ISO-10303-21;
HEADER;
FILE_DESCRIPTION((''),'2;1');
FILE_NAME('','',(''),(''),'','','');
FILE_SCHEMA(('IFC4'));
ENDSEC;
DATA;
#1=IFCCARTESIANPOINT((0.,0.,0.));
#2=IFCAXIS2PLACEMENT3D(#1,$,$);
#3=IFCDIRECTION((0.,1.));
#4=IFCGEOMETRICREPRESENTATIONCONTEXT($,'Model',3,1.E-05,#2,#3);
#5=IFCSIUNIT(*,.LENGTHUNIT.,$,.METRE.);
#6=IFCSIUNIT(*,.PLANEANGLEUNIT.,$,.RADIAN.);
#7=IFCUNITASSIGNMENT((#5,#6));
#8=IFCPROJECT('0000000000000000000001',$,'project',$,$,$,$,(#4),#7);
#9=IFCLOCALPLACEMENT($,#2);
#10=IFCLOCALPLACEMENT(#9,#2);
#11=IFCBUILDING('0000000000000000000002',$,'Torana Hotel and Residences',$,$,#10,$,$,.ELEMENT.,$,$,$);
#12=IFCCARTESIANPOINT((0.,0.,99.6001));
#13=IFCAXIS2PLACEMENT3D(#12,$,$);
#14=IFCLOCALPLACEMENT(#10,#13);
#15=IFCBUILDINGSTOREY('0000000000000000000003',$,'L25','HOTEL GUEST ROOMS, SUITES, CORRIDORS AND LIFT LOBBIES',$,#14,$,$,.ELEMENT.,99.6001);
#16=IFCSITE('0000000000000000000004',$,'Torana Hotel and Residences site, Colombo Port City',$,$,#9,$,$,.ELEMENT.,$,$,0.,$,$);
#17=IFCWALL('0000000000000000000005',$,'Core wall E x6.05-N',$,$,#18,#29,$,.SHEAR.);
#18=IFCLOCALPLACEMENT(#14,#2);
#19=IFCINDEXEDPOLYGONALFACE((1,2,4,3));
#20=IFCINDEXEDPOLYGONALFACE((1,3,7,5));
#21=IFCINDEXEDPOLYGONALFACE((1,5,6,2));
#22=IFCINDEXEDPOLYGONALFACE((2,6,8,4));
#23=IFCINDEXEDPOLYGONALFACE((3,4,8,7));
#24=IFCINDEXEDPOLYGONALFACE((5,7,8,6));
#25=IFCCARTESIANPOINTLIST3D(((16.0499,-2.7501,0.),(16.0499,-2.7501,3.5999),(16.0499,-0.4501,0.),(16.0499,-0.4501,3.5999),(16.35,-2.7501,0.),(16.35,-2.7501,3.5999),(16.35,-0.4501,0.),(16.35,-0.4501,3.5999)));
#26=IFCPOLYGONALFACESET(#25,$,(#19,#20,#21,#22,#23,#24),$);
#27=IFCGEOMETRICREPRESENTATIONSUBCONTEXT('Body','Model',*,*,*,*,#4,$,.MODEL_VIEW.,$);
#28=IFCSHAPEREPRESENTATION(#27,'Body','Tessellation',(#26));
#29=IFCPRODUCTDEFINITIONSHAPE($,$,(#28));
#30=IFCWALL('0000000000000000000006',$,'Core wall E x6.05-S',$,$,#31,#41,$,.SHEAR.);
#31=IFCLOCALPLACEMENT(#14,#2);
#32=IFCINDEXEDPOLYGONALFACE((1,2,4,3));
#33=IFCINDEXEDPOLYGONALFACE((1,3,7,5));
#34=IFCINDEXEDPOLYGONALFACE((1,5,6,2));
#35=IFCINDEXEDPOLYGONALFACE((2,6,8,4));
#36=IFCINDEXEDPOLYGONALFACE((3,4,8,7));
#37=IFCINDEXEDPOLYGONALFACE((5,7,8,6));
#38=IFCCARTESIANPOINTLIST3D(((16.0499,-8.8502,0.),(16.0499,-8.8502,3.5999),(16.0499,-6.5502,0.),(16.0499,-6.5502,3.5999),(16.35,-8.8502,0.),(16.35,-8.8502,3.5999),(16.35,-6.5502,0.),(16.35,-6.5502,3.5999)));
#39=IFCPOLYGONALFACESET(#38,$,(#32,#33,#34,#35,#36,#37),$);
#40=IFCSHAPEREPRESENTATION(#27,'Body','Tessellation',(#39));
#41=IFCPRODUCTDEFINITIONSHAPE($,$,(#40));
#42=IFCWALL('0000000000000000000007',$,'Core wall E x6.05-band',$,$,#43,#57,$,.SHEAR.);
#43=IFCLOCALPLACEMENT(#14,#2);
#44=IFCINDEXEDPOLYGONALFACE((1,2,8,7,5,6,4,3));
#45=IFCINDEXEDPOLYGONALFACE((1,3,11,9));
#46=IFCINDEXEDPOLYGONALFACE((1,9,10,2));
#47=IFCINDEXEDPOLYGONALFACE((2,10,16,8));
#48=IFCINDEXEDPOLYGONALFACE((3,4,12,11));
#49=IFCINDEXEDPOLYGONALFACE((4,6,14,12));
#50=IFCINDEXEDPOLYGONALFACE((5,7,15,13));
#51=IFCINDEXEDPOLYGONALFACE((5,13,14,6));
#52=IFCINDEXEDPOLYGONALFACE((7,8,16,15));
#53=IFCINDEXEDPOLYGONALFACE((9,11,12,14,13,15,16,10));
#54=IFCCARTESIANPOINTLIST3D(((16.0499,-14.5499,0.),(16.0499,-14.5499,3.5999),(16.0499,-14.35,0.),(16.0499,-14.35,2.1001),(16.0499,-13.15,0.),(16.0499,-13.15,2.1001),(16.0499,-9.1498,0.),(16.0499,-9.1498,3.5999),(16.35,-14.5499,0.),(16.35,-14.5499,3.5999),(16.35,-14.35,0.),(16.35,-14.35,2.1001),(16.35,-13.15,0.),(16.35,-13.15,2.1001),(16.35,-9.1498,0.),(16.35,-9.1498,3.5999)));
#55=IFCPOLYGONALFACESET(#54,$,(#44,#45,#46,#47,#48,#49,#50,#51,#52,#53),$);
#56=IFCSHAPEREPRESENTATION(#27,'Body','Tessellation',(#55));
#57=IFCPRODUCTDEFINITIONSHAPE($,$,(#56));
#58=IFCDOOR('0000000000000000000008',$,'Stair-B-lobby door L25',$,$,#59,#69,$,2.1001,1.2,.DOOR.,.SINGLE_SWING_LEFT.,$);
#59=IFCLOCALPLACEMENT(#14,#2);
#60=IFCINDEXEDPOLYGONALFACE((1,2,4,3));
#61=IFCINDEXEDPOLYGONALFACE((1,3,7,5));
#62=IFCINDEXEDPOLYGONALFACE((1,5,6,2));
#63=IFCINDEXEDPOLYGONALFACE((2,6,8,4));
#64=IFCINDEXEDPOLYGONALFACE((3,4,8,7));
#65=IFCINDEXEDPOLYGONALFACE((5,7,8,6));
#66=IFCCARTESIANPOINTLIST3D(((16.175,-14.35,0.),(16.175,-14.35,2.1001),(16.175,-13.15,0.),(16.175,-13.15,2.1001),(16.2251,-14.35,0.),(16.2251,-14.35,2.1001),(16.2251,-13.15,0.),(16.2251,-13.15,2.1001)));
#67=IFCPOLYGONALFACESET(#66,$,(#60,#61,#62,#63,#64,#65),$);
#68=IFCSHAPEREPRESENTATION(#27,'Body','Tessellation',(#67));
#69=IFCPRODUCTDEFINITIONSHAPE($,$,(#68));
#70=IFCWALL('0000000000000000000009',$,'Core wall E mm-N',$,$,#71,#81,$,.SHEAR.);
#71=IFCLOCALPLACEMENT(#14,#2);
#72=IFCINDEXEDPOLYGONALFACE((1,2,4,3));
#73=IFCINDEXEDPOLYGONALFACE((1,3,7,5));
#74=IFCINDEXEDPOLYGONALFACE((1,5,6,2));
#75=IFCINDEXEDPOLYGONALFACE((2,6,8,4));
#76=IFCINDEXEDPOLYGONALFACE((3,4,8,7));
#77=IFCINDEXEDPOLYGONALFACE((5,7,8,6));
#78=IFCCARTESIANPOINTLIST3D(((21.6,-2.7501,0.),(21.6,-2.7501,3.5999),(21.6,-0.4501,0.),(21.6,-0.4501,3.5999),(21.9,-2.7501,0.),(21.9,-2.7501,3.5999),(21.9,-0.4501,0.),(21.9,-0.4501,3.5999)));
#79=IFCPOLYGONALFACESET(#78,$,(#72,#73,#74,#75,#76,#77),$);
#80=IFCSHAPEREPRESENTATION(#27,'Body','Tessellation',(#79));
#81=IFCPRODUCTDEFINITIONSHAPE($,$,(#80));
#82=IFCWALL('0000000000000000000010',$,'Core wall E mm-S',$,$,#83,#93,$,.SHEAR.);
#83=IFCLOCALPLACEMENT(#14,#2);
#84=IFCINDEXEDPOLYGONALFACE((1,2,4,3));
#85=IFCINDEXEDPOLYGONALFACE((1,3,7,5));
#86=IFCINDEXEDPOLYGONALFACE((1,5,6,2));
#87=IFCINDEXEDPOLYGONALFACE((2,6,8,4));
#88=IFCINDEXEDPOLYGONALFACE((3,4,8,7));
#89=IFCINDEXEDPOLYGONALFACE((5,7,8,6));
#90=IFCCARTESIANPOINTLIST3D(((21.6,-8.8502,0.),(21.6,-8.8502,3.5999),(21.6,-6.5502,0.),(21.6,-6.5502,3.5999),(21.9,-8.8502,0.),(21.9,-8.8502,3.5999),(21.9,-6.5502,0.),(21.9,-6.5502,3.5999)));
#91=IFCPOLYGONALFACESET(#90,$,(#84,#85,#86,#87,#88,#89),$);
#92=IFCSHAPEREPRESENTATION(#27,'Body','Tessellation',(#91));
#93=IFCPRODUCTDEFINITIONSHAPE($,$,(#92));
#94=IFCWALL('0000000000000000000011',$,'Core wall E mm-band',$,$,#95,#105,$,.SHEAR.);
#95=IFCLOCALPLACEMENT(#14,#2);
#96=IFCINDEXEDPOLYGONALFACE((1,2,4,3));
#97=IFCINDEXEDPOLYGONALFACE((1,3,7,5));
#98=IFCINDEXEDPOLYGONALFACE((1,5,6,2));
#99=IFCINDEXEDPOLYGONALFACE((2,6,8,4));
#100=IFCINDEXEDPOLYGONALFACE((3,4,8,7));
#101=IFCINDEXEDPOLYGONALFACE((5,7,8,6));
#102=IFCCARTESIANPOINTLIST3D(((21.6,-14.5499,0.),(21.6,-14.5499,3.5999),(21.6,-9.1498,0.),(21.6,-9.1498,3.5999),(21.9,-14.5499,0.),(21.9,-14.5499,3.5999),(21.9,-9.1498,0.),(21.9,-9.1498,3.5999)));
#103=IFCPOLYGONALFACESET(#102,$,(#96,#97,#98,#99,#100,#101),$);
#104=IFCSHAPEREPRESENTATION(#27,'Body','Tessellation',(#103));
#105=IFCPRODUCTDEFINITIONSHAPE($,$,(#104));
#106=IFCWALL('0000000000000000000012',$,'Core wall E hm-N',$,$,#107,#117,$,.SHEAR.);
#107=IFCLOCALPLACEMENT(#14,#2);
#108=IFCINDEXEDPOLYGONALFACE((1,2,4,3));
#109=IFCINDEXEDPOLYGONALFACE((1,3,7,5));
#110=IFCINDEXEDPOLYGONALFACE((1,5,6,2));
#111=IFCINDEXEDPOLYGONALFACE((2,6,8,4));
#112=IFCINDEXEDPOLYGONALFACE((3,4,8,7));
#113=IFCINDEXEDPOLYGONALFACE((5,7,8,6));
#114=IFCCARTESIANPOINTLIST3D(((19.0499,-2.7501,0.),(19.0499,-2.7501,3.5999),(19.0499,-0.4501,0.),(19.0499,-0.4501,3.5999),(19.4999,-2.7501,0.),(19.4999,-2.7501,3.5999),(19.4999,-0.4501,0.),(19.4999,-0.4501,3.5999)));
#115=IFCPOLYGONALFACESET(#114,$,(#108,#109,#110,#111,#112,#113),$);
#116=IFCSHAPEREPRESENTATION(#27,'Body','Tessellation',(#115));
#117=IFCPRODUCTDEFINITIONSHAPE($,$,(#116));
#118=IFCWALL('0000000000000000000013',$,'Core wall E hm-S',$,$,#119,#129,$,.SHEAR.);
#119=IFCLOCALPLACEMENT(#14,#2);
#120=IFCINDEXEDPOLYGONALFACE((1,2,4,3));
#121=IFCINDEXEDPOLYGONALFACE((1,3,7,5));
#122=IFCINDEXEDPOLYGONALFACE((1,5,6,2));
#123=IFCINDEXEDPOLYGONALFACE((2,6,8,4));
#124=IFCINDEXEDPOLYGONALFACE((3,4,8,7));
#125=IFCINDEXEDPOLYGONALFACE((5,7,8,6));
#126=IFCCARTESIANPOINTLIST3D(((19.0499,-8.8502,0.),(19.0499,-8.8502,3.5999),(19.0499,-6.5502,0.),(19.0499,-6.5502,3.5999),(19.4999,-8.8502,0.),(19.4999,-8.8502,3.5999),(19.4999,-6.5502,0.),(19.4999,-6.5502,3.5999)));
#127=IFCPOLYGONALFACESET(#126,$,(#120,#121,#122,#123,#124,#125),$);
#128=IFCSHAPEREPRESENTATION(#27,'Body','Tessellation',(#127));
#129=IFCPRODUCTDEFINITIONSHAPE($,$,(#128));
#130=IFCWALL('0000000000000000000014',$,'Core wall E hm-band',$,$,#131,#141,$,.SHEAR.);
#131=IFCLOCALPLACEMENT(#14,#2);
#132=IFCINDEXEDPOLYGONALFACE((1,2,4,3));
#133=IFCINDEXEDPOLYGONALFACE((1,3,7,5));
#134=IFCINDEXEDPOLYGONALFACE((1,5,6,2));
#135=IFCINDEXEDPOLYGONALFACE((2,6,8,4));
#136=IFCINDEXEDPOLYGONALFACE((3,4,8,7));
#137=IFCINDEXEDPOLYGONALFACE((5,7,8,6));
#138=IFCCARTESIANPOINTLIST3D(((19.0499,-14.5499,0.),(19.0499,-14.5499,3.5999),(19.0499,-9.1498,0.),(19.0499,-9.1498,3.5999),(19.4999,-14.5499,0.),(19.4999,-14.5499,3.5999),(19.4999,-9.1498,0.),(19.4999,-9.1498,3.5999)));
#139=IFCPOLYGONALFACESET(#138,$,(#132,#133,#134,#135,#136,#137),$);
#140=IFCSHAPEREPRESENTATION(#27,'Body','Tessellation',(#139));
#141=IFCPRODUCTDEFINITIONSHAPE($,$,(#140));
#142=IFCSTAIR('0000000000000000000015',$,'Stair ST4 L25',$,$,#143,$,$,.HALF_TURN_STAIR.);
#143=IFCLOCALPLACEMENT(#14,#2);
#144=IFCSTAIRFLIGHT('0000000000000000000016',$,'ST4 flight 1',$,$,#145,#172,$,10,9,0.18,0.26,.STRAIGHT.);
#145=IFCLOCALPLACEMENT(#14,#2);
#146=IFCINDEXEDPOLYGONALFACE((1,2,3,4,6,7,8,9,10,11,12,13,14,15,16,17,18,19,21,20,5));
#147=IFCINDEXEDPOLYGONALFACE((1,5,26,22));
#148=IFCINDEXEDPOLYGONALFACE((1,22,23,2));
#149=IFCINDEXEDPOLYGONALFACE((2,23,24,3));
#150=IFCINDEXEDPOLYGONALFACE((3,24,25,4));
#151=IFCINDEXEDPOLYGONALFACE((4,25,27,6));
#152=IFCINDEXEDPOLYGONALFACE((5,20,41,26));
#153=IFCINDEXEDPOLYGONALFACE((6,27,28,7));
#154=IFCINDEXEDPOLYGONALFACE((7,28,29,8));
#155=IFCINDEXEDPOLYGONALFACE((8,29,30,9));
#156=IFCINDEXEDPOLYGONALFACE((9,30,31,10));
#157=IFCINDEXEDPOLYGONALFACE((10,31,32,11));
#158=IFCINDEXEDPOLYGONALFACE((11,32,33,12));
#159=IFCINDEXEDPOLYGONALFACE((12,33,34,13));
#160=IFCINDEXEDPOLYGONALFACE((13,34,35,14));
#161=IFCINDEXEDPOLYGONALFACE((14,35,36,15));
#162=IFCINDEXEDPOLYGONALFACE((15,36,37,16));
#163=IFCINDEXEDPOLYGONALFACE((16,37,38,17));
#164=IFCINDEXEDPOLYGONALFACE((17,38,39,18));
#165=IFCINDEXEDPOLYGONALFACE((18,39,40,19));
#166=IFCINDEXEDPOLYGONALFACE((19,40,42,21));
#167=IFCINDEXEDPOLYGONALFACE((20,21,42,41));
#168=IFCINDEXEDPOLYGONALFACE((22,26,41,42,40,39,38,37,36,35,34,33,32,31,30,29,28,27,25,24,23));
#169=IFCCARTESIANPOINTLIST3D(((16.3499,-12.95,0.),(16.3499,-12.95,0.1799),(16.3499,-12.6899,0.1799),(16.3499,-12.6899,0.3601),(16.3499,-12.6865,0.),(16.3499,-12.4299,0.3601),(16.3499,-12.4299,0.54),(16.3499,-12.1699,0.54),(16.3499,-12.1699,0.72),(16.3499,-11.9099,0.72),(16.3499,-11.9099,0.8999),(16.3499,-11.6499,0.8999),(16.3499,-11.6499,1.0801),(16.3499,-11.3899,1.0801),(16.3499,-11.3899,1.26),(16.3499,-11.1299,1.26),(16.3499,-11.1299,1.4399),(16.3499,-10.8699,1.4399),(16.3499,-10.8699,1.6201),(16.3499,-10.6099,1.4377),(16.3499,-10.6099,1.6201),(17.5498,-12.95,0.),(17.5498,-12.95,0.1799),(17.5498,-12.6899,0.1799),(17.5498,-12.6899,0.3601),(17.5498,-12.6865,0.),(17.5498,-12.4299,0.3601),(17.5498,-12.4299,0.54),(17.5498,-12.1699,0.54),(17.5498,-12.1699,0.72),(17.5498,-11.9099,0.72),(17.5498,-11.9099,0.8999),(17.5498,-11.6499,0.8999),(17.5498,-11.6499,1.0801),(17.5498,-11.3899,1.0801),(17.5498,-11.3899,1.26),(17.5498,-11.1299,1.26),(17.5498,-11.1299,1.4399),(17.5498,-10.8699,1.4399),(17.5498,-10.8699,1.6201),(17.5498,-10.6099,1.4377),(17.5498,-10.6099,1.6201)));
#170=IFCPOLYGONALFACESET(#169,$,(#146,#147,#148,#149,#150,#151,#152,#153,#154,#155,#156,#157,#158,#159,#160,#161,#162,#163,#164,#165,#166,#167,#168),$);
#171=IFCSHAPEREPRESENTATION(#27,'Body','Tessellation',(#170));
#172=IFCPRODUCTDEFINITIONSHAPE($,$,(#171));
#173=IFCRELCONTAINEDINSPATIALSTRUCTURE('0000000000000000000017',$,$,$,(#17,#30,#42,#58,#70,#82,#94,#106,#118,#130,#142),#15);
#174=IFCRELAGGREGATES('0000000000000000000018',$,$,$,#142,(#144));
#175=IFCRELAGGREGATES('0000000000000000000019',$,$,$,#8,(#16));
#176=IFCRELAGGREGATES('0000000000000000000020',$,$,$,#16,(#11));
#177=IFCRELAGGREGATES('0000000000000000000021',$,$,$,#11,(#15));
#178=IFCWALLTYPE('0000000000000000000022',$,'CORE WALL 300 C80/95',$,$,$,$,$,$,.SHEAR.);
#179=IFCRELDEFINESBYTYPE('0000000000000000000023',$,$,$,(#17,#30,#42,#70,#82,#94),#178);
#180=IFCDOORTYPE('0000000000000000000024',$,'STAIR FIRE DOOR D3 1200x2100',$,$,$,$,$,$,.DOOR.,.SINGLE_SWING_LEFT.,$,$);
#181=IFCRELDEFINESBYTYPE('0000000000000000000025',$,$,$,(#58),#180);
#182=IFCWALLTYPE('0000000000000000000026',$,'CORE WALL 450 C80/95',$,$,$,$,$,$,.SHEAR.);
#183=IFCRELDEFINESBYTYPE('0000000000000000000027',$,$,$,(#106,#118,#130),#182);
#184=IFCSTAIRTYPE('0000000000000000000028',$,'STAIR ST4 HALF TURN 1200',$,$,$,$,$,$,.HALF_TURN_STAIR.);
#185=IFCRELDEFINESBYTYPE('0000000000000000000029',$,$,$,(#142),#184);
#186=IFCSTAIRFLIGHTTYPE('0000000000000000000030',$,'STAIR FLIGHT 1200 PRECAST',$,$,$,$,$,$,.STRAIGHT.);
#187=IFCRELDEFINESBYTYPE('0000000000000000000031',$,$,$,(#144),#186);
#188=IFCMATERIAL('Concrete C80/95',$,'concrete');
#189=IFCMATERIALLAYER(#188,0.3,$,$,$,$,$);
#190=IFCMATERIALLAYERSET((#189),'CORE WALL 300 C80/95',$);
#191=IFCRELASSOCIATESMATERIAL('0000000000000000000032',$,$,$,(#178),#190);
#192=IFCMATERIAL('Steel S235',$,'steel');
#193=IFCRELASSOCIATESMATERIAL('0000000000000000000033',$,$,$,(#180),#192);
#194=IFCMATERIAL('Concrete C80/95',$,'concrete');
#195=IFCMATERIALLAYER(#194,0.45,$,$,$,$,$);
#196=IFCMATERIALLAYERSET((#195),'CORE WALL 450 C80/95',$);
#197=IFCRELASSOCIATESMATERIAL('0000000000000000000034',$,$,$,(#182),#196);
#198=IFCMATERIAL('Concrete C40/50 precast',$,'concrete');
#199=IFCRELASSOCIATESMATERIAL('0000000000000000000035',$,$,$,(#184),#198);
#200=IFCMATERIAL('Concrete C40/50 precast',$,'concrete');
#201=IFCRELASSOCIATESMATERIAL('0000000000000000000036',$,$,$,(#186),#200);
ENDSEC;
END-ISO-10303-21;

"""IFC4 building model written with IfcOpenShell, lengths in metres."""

from ifc_helpers import new_model, si_unit, direction, frame, frame_2d, origin, place, context, subcontext, project, spatial, polyline, rectangle, outline, extrude, material, layer, layer_set, type_object, element, fill, aggregate, save


model = new_model("IFC4")

# Units and contexts
model_context = context("Model", 3, precision=1e-05, world=origin(), true_north=direction((0.0, 1.0)))
body_context = subcontext(model_context, "Body", "Model", "MODEL_VIEW")
ifc_project = project(units=[si_unit("LENGTHUNIT", "METRE"), si_unit("PLANEANGLEUNIT", "RADIAN")], contexts=[model_context])

# Site, building, storey
site_placement = place(None, origin())
site = spatial("IfcSite", under=ifc_project, at=site_placement, Name="Torana Hotel and Residences site, Colombo Port City", CompositionType="ELEMENT", RefElevation=0.0)
building_placement = place(site_placement, origin())
building = spatial("IfcBuilding", under=site, at=building_placement, Name="Torana Hotel and Residences", CompositionType="ELEMENT")
storey_placement = place(building_placement, frame((0.0, 0.0, 99.6001)))
storey = spatial("IfcBuildingStorey", under=building, at=storey_placement, Name="L25", Description="HOTEL GUEST ROOMS, SUITES, CORRIDORS AND LIFT LOBBIES", CompositionType="ELEMENT", Elevation=99.6001)

# Walls
ifc_material_1 = material(Name="Concrete C80/95", Category="concrete")
ifc_layer_1 = layer(ifc_material_1, 0.3)
ifc_layer_set_1 = layer_set([ifc_layer_1], Name="CORE WALL 300 C80/95")
wall_type_1 = type_object("IfcWallType", Name="CORE WALL 300 C80/95", PredefinedType="SHEAR", material=ifc_layer_set_1)
for number, where, z_axis, x_axis, name in (
    (1, (16.2, -2.75, 0.0), (0.0, 0.0, 1.0), (0.0, 1.0, 0.0), "Core wall E x6.05-N"),
    (2, (16.2, -8.8501, 0.0), (0.0, 0.0, 1.0), (0.0, 1.0, 0.0), "Core wall E x6.05-S"),
):
    element("IfcWall", number, at=place(storey_placement, frame(where, z_axis=z_axis, x_axis=x_axis)), inside=storey, type_object=wall_type_1, Name=name, PredefinedType="SHEAR", context=body_context, shape_type="SweptSolid", body=[
        extrude(rectangle(XDim=2.3, YDim=0.3, at=frame_2d((1.1499, 0.0))), origin(), (0.0, 0.0, 1.0), 3.5999),
    ])

# Wall, opening, door
wall_1_placement = place(storey_placement, frame((16.2, -14.55, 0.0), z_axis=(0.0, 0.0, 1.0), x_axis=(0.0, 1.0, 0.0)))
wall_1 = element("IfcWall", 3, at=wall_1_placement, inside=storey, type_object=wall_type_1, Name="Core wall E x6.05-band", PredefinedType="SHEAR", context=body_context, shape_type="SweptSolid", body=[
    extrude(rectangle(XDim=5.4001, YDim=0.3, at=frame_2d((2.7002, 0.0))), origin(), (0.0, 0.0, 1.0), 3.5999),
])
opening_placement = place(wall_1_placement, frame((0.2, 0.0, 0.0)))
opening = element("IfcOpeningElement", 4, at=opening_placement, cuts=wall_1, PredefinedType="OPENING", context=body_context, shape_type="SweptSolid", body=[
    extrude(rectangle(XDim=1.2, YDim=2.1001, at=frame_2d((0.6001, 1.05))), frame((0.0, 0.1599, 0.0), z_axis=(0.0, -1.0, 0.0), x_axis=(1.0, 0.0, 0.0)), (0.0, 0.0, 1.0), 0.3201),
])
ifc_material_2 = material(Name="Steel S235", Category="steel")
door_type = type_object("IfcDoorType", Name="STAIR FIRE DOOR D3 1200x2100", OperationType="SINGLE_SWING_LEFT", PredefinedType="DOOR", material=ifc_material_2)
door_placement = place(opening_placement, frame((0.6001, 0.0, 0.0), z_axis=(0.0, 0.0, 1.0), x_axis=(-1.0, 0.0, 0.0)))
door = element("IfcDoor", 5, at=door_placement, inside=storey, type_object=door_type, Name="Stair-B-lobby door L25", OperationType="SINGLE_SWING_LEFT", OverallHeight=2.1001, OverallWidth=1.2, PredefinedType="DOOR", context=body_context, shape_type="SweptSolid", body=[
    extrude(rectangle(XDim=1.2, YDim=2.1001, at=frame_2d((0.0, 1.05))), frame((0.0, -0.0249, 0.0), z_axis=(0.0, 1.0, 0.0), x_axis=(-1.0, 0.0, 0.0)), (0.0, 0.0, 1.0), 0.05),
])
fill(opening, door)

# Walls
for number, where, z_axis, x_axis, name in (
    (6, (21.75, -2.75, 0.0), (0.0, 0.0, 1.0), (0.0, 1.0, 0.0), "Core wall E mm-N"),
    (7, (21.75, -8.8501, 0.0), (0.0, 0.0, 1.0), (0.0, 1.0, 0.0), "Core wall E mm-S"),
):
    element("IfcWall", number, at=place(storey_placement, frame(where, z_axis=z_axis, x_axis=x_axis)), inside=storey, type_object=wall_type_1, Name=name, PredefinedType="SHEAR", context=body_context, shape_type="SweptSolid", body=[
        extrude(rectangle(XDim=2.3, YDim=0.3, at=frame_2d((1.1499, 0.0))), origin(), (0.0, 0.0, 1.0), 3.5999),
    ])
wall_2_placement = place(storey_placement, frame((21.75, -14.55, 0.0), z_axis=(0.0, 0.0, 1.0), x_axis=(0.0, 1.0, 0.0)))
element("IfcWall", 8, at=wall_2_placement, inside=storey, type_object=wall_type_1, Name="Core wall E mm-band", PredefinedType="SHEAR", context=body_context, shape_type="SweptSolid", body=[
    extrude(rectangle(XDim=5.4001, YDim=0.3, at=frame_2d((2.7002, 0.0))), origin(), (0.0, 0.0, 1.0), 3.5999),
])
ifc_material_3 = material(Name="Concrete C80/95", Category="concrete")
ifc_layer_2 = layer(ifc_material_3, 0.45)
ifc_layer_set_2 = layer_set([ifc_layer_2], Name="CORE WALL 450 C80/95")
wall_type_2 = type_object("IfcWallType", Name="CORE WALL 450 C80/95", PredefinedType="SHEAR", material=ifc_layer_set_2)
for number, where, z_axis, x_axis, name in (
    (9, (19.2749, -2.75, 0.0), (0.0, 0.0, 1.0), (0.0, 1.0, 0.0), "Core wall E hm-N"),
    (10, (19.2749, -8.8501, 0.0), (0.0, 0.0, 1.0), (0.0, 1.0, 0.0), "Core wall E hm-S"),
):
    element("IfcWall", number, at=place(storey_placement, frame(where, z_axis=z_axis, x_axis=x_axis)), inside=storey, type_object=wall_type_2, Name=name, PredefinedType="SHEAR", context=body_context, shape_type="SweptSolid", body=[
        extrude(rectangle(XDim=2.3, YDim=0.45, at=frame_2d((1.1499, 0.0))), origin(), (0.0, 0.0, 1.0), 3.5999),
    ])
wall_3_placement = place(storey_placement, frame((19.2749, -14.55, 0.0), z_axis=(0.0, 0.0, 1.0), x_axis=(0.0, 1.0, 0.0)))
element("IfcWall", 11, at=wall_3_placement, inside=storey, type_object=wall_type_2, Name="Core wall E hm-band", PredefinedType="SHEAR", context=body_context, shape_type="SweptSolid", body=[
    extrude(rectangle(XDim=5.4001, YDim=0.45, at=frame_2d((2.7002, 0.0))), origin(), (0.0, 0.0, 1.0), 3.5999),
])

# Stair, stair flight
ifc_material_4 = material(Name="Concrete C40/50 precast", Category="concrete")
stair_type = type_object("IfcStairType", Name="STAIR ST4 HALF TURN 1200", PredefinedType="HALF_TURN_STAIR", material=ifc_material_4)
stair_placement = place(storey_placement, origin())
stair = element("IfcStair", 12, at=stair_placement, inside=storey, type_object=stair_type, Name="Stair ST4 L25", PredefinedType="HALF_TURN_STAIR")
ifc_material_5 = material(Name="Concrete C40/50 precast", Category="concrete")
stair_flight_type = type_object("IfcStairFlightType", Name="STAIR FLIGHT 1200 PRECAST", PredefinedType="STRAIGHT", material=ifc_material_5)
stair_flight_1_placement = place(storey_placement, frame((16.95, -12.95, 0.0), z_axis=(0.0, 0.0, 1.0), x_axis=(0.0, 1.0, 0.0)))
stair_flight_1 = element("IfcStairFlight", 13, at=stair_flight_1_placement, type_object=stair_flight_type, Name="ST4 flight 1", NumberOfRisers=10, NumberOfTreads=9, PredefinedType="STRAIGHT", RiserHeight=0.18, TreadLength=0.26, context=body_context, shape_type="SweptSolid", body=[
    extrude(outline(polyline([(0.0, 0.0), (0.0, 0.1799), (0.26, 0.1799), (0.26, 0.3601), (0.52, 0.3601), (0.52, 0.54), (0.78, 0.54), (0.78, 0.72), (1.04, 0.72), (1.04, 0.8999), (1.3, 0.8999), (1.3, 1.0801), (1.5601, 1.0801), (1.5601, 1.26), (1.8201, 1.26), (1.8201, 1.4399), (2.0801, 1.4399), (2.0801, 1.6201), (2.3401, 1.6201), (2.3401, 1.8), (2.3401, 1.4377), (0.2634, 0.0), (0.0, 0.0)])), frame((0.0, 0.6001, 0.0), z_axis=(0.0, -1.0, 0.0), x_axis=(1.0, 0.0, 0.0)), (0.0, 0.0, 1.0), 1.2),
])
aggregate(stair, [stair_flight_1])

save(model, "model.ifc")
